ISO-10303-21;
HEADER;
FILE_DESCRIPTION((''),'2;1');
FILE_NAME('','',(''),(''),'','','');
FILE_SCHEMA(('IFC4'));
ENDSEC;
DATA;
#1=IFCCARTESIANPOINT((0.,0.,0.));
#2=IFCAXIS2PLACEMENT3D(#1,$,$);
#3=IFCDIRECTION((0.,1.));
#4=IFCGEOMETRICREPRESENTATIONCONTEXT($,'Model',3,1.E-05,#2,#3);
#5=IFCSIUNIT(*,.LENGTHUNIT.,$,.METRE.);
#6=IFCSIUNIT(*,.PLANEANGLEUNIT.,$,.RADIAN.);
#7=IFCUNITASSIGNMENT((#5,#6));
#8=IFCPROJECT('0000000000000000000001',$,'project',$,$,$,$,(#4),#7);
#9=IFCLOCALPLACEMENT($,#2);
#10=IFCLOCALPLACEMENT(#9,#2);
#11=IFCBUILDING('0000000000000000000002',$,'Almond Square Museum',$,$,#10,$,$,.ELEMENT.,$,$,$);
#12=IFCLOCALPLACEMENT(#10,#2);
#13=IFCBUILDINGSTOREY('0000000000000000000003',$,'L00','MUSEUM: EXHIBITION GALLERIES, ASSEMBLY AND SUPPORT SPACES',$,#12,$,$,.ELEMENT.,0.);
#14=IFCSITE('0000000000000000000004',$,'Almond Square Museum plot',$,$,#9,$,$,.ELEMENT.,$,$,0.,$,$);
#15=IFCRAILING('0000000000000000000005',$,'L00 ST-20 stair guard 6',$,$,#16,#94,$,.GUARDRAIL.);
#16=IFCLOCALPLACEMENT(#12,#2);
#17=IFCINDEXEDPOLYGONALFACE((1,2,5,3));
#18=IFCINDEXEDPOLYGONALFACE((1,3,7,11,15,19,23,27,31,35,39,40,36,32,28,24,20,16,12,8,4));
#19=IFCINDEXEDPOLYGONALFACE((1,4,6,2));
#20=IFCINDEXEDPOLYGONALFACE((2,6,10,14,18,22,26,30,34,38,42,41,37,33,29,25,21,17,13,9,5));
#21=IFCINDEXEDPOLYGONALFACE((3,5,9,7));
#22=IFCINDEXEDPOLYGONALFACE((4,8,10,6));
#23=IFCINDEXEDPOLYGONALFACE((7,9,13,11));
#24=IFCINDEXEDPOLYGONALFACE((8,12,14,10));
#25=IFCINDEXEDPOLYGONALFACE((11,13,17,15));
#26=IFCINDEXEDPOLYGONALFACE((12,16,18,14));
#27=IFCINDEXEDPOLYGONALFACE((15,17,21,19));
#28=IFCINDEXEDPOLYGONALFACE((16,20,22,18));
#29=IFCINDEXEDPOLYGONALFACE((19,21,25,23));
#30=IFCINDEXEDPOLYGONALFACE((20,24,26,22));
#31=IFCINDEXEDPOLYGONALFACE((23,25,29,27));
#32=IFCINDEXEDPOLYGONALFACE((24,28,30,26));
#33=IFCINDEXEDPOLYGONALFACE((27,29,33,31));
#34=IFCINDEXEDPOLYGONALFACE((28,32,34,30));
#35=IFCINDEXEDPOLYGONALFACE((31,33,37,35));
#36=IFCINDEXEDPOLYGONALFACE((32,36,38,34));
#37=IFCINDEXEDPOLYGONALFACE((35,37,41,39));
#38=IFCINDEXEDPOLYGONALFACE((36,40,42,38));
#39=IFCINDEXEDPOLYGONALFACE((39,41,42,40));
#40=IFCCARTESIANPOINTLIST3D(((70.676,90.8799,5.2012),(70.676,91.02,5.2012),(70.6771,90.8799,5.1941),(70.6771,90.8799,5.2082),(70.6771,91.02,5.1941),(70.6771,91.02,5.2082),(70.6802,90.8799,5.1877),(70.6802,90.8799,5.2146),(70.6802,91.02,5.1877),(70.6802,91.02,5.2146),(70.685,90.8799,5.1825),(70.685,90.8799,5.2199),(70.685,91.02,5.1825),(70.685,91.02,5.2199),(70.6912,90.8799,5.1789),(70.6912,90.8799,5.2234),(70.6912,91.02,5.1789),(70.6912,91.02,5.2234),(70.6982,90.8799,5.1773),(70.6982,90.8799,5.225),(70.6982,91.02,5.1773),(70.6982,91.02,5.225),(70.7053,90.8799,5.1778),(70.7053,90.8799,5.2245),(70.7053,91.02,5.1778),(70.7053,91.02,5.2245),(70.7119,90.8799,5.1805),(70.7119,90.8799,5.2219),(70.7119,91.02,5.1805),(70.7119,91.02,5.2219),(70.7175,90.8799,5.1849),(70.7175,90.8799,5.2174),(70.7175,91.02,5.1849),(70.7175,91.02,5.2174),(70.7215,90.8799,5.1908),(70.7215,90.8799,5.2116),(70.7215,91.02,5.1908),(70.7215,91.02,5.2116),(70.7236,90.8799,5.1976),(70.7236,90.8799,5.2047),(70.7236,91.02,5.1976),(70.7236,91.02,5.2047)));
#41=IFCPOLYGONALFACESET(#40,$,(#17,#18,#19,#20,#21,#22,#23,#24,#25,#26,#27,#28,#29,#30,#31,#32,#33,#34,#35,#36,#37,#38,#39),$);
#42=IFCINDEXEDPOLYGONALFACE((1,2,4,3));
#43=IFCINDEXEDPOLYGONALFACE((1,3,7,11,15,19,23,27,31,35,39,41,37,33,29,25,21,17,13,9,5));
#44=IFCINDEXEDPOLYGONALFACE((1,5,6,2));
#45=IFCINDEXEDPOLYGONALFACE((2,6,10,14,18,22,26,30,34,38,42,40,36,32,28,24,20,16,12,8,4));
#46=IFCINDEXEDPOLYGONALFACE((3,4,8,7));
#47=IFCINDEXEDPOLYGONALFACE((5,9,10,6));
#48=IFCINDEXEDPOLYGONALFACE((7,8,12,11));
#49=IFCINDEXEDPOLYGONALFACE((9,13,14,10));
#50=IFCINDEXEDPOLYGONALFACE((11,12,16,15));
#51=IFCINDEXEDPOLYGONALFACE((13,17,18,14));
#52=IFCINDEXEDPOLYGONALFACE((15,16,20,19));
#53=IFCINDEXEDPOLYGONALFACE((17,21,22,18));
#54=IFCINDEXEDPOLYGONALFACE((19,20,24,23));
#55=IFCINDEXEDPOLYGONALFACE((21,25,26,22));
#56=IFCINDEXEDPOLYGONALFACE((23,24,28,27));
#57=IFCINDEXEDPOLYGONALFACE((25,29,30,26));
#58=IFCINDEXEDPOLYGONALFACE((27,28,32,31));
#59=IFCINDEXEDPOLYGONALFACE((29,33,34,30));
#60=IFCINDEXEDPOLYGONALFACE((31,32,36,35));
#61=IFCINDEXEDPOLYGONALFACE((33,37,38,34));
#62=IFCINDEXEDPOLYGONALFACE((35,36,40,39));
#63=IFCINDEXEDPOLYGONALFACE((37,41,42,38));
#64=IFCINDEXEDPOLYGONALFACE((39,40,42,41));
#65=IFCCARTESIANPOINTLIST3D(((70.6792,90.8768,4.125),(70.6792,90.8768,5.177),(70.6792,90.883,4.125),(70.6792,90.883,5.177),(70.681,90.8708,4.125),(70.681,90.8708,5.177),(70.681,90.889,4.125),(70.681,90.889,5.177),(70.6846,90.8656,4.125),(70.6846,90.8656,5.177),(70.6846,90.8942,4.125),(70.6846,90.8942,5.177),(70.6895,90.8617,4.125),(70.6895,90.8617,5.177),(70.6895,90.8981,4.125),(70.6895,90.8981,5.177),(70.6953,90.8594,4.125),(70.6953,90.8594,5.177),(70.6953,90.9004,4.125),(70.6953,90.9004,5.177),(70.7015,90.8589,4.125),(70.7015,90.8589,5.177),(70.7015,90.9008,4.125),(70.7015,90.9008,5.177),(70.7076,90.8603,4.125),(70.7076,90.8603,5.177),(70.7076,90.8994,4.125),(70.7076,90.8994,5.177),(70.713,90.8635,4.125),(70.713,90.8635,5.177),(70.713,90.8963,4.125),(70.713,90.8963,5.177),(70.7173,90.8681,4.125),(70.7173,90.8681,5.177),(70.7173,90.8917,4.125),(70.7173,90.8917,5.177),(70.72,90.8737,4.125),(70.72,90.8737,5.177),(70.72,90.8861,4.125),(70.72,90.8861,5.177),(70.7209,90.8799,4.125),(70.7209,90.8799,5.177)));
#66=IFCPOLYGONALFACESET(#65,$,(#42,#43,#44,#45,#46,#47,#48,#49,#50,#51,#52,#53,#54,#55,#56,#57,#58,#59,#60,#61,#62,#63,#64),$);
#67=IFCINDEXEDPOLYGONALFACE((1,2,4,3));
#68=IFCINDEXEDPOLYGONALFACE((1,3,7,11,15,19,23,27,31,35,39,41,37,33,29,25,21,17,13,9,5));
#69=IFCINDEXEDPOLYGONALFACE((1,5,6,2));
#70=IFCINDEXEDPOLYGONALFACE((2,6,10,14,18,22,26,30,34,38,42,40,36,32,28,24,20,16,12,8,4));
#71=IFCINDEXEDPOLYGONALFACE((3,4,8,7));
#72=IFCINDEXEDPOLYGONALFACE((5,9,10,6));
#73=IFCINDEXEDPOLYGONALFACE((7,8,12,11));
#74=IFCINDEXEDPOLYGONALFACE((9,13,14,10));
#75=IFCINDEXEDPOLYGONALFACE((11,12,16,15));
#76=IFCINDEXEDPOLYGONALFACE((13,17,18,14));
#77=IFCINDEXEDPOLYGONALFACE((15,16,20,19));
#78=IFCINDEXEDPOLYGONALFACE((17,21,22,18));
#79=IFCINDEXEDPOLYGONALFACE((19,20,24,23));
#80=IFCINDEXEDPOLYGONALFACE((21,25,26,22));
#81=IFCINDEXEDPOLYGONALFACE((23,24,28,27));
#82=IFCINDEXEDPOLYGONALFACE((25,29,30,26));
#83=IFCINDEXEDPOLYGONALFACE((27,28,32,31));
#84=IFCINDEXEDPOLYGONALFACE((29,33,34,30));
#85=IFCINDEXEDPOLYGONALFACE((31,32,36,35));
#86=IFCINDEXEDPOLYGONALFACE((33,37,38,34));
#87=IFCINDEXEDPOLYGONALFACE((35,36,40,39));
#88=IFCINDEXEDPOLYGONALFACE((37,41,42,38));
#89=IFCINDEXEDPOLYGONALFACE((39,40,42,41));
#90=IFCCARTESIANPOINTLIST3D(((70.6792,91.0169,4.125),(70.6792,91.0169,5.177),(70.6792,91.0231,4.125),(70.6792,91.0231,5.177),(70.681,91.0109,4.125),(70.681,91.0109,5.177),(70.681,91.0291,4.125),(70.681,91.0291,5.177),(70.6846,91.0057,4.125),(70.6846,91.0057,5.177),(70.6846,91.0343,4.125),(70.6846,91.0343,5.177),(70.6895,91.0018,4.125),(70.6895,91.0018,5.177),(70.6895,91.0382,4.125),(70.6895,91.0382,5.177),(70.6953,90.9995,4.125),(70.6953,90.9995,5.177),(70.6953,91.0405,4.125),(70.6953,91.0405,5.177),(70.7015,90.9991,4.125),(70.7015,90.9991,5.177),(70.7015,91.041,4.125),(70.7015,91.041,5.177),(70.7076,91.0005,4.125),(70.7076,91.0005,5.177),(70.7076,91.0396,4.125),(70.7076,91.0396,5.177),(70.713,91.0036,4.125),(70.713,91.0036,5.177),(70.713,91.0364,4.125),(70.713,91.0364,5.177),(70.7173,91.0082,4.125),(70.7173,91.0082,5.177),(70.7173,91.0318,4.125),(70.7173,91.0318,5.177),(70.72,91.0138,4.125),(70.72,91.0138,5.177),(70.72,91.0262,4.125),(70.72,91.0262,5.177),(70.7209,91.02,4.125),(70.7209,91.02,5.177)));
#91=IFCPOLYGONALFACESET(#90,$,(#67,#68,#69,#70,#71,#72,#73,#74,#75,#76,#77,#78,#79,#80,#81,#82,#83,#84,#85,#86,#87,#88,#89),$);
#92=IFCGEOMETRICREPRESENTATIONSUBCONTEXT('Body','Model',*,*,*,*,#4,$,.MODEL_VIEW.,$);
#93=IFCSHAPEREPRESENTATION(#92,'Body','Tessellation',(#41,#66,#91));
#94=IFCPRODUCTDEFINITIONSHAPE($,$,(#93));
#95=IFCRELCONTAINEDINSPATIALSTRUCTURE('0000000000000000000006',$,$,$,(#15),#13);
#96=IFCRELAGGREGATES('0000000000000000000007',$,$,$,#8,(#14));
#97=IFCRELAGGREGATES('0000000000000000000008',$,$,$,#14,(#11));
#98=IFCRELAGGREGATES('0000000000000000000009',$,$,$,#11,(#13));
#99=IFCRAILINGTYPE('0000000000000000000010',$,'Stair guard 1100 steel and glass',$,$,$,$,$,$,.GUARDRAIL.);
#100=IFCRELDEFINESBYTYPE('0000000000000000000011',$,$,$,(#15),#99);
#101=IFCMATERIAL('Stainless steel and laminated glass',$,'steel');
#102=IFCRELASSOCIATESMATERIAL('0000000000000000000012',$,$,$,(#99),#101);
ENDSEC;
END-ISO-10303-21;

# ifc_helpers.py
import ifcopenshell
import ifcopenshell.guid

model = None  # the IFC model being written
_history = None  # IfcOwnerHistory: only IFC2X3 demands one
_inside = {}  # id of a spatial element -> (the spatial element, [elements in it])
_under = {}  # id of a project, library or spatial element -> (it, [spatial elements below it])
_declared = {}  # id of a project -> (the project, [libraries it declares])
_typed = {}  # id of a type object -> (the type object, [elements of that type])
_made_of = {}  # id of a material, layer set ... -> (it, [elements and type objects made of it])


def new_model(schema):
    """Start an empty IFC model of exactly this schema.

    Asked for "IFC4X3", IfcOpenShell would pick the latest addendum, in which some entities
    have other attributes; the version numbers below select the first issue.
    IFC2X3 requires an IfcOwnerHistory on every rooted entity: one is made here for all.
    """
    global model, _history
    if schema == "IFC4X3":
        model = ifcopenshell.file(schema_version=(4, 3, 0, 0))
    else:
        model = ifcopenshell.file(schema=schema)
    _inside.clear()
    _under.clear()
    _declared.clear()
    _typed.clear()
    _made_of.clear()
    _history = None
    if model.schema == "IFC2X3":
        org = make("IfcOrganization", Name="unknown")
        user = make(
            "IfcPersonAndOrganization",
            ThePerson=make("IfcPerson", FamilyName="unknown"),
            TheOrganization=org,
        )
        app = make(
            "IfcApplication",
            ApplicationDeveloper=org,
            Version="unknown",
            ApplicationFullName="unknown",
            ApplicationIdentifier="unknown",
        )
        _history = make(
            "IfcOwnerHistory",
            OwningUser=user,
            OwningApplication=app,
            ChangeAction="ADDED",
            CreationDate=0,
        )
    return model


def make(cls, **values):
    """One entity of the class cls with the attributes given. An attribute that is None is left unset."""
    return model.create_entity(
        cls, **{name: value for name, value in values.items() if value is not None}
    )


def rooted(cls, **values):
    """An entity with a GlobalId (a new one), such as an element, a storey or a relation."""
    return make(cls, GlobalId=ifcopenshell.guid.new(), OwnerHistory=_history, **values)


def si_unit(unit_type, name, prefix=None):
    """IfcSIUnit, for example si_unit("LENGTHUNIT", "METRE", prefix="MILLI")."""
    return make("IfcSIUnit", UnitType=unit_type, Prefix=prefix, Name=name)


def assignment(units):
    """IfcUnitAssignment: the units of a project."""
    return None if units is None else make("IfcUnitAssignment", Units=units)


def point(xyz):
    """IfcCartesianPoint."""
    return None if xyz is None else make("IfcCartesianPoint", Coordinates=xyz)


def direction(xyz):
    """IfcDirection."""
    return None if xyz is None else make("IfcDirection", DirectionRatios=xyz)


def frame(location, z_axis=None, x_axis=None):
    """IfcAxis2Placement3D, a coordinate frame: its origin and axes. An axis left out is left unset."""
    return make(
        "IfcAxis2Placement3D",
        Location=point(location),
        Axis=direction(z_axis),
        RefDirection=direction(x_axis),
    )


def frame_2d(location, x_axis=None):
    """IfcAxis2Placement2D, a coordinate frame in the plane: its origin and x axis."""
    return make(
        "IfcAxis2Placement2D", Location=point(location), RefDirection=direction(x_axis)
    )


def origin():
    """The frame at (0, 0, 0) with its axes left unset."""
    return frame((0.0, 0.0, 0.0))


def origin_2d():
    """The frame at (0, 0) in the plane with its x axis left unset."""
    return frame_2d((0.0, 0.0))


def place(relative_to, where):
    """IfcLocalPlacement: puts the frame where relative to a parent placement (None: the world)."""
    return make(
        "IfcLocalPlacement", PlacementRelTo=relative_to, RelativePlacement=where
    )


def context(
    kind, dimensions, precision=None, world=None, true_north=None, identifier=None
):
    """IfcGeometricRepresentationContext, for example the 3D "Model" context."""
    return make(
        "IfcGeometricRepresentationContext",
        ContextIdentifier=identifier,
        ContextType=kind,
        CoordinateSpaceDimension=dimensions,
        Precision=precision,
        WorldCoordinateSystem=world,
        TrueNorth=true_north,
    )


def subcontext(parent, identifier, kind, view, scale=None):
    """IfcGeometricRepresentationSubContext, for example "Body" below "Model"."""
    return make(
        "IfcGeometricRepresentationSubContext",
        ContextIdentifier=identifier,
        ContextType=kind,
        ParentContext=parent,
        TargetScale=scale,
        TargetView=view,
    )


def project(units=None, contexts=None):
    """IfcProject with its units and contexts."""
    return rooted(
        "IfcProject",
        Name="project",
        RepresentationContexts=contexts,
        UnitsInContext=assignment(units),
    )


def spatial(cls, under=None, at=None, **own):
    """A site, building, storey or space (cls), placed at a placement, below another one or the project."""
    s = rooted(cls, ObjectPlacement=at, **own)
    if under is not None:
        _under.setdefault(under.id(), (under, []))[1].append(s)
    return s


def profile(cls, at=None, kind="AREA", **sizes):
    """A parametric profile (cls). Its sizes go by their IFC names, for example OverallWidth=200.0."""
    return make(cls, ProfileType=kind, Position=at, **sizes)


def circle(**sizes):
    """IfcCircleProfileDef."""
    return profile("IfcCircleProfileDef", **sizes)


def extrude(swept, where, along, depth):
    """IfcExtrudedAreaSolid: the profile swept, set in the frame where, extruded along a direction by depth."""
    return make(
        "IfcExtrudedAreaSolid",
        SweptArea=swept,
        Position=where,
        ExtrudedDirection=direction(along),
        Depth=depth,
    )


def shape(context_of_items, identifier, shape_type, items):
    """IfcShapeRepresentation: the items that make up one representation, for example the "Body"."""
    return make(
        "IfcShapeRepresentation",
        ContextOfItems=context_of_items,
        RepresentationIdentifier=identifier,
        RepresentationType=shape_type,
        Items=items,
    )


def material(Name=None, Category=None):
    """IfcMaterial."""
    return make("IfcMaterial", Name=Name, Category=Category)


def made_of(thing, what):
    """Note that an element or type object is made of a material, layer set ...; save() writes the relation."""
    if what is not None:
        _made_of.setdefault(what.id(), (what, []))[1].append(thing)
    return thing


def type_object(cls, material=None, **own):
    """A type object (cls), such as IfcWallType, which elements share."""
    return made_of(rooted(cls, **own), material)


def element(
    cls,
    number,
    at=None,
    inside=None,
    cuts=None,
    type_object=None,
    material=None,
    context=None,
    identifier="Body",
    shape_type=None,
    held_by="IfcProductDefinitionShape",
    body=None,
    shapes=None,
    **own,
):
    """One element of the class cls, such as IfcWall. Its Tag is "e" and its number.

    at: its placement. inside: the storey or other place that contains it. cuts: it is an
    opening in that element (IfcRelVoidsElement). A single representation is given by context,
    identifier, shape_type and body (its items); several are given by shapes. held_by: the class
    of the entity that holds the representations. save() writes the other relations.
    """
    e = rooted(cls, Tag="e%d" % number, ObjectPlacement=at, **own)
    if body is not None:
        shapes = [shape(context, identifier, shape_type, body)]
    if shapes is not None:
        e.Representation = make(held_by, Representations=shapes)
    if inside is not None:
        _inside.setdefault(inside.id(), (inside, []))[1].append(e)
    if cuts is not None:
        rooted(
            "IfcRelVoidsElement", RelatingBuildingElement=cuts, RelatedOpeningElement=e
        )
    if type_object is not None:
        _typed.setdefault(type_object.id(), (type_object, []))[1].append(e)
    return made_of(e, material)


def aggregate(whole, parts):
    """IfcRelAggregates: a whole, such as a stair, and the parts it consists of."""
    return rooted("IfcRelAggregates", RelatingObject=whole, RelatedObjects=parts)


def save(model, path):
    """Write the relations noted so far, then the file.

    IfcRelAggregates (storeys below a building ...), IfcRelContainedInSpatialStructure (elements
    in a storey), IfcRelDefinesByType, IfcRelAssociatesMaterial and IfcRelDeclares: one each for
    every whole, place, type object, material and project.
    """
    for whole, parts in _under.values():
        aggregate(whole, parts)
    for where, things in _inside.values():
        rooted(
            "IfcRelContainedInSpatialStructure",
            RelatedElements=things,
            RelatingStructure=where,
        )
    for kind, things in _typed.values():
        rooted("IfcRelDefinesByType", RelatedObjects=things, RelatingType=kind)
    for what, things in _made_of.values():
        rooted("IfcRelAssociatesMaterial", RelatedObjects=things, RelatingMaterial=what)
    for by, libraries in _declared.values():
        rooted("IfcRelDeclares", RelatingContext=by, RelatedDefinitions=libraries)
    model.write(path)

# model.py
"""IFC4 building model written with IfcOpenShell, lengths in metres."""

from ifc_helpers import new_model, si_unit, direction, frame, origin, origin_2d, place, context, subcontext, project, spatial, circle, extrude, material, type_object, element, save


model = new_model("IFC4")

# Units and contexts
model_context = context("Model", 3, precision=1e-05, world=origin(), true_north=direction((0.0, 1.0)))
body_context = subcontext(model_context, "Body", "Model", "MODEL_VIEW")
ifc_project = project(units=[si_unit("LENGTHUNIT", "METRE"), si_unit("PLANEANGLEUNIT", "RADIAN")], contexts=[model_context])

# Site, building, storey
site_placement = place(None, origin())
site = spatial("IfcSite", under=ifc_project, at=site_placement, Name="Almond Square Museum plot", CompositionType="ELEMENT", RefElevation=0.0)
building_placement = place(site_placement, origin())
building = spatial("IfcBuilding", under=site, at=building_placement, Name="Almond Square Museum", CompositionType="ELEMENT")
storey_placement = place(building_placement, origin())
storey = spatial("IfcBuildingStorey", under=building, at=storey_placement, Name="L00", Description="MUSEUM: EXHIBITION GALLERIES, ASSEMBLY AND SUPPORT SPACES", CompositionType="ELEMENT", Elevation=0.0)

# Railing
ifc_material_1 = material(Name="Stainless steel and laminated glass", Category="steel")
railing_type_1 = type_object("IfcRailingType", Name="Stair guard 1100 steel and glass", PredefinedType="GUARDRAIL", material=ifc_material_1)
railing_1_placement = place(storey_placement, frame((70.7, 90.8799, 4.125)))
element("IfcRailing", 1, at=railing_1_placement, inside=storey, type_object=railing_type_1, Name="L00 ST-20 stair guard 6", PredefinedType="GUARDRAIL", context=body_context, shape_type="SweptSolid", body=[
    extrude(circle(Radius=0.0239, at=origin_2d()), frame((0.0, 0.0, 1.0762), z_axis=(0.0, 1.0, 0.0), x_axis=(-1.0, 0.0, 0.0)), (0.0, 0.0, 1.0), 0.1401),
    extrude(circle(Radius=0.021, at=origin_2d()), origin(), (0.0, 0.0, 1.0), 1.052),
    extrude(circle(Radius=0.021, at=origin_2d()), frame((0.0, 0.1401, 0.0)), (0.0, 0.0, 1.0), 1.052),
])

save(model, "model.ifc")
